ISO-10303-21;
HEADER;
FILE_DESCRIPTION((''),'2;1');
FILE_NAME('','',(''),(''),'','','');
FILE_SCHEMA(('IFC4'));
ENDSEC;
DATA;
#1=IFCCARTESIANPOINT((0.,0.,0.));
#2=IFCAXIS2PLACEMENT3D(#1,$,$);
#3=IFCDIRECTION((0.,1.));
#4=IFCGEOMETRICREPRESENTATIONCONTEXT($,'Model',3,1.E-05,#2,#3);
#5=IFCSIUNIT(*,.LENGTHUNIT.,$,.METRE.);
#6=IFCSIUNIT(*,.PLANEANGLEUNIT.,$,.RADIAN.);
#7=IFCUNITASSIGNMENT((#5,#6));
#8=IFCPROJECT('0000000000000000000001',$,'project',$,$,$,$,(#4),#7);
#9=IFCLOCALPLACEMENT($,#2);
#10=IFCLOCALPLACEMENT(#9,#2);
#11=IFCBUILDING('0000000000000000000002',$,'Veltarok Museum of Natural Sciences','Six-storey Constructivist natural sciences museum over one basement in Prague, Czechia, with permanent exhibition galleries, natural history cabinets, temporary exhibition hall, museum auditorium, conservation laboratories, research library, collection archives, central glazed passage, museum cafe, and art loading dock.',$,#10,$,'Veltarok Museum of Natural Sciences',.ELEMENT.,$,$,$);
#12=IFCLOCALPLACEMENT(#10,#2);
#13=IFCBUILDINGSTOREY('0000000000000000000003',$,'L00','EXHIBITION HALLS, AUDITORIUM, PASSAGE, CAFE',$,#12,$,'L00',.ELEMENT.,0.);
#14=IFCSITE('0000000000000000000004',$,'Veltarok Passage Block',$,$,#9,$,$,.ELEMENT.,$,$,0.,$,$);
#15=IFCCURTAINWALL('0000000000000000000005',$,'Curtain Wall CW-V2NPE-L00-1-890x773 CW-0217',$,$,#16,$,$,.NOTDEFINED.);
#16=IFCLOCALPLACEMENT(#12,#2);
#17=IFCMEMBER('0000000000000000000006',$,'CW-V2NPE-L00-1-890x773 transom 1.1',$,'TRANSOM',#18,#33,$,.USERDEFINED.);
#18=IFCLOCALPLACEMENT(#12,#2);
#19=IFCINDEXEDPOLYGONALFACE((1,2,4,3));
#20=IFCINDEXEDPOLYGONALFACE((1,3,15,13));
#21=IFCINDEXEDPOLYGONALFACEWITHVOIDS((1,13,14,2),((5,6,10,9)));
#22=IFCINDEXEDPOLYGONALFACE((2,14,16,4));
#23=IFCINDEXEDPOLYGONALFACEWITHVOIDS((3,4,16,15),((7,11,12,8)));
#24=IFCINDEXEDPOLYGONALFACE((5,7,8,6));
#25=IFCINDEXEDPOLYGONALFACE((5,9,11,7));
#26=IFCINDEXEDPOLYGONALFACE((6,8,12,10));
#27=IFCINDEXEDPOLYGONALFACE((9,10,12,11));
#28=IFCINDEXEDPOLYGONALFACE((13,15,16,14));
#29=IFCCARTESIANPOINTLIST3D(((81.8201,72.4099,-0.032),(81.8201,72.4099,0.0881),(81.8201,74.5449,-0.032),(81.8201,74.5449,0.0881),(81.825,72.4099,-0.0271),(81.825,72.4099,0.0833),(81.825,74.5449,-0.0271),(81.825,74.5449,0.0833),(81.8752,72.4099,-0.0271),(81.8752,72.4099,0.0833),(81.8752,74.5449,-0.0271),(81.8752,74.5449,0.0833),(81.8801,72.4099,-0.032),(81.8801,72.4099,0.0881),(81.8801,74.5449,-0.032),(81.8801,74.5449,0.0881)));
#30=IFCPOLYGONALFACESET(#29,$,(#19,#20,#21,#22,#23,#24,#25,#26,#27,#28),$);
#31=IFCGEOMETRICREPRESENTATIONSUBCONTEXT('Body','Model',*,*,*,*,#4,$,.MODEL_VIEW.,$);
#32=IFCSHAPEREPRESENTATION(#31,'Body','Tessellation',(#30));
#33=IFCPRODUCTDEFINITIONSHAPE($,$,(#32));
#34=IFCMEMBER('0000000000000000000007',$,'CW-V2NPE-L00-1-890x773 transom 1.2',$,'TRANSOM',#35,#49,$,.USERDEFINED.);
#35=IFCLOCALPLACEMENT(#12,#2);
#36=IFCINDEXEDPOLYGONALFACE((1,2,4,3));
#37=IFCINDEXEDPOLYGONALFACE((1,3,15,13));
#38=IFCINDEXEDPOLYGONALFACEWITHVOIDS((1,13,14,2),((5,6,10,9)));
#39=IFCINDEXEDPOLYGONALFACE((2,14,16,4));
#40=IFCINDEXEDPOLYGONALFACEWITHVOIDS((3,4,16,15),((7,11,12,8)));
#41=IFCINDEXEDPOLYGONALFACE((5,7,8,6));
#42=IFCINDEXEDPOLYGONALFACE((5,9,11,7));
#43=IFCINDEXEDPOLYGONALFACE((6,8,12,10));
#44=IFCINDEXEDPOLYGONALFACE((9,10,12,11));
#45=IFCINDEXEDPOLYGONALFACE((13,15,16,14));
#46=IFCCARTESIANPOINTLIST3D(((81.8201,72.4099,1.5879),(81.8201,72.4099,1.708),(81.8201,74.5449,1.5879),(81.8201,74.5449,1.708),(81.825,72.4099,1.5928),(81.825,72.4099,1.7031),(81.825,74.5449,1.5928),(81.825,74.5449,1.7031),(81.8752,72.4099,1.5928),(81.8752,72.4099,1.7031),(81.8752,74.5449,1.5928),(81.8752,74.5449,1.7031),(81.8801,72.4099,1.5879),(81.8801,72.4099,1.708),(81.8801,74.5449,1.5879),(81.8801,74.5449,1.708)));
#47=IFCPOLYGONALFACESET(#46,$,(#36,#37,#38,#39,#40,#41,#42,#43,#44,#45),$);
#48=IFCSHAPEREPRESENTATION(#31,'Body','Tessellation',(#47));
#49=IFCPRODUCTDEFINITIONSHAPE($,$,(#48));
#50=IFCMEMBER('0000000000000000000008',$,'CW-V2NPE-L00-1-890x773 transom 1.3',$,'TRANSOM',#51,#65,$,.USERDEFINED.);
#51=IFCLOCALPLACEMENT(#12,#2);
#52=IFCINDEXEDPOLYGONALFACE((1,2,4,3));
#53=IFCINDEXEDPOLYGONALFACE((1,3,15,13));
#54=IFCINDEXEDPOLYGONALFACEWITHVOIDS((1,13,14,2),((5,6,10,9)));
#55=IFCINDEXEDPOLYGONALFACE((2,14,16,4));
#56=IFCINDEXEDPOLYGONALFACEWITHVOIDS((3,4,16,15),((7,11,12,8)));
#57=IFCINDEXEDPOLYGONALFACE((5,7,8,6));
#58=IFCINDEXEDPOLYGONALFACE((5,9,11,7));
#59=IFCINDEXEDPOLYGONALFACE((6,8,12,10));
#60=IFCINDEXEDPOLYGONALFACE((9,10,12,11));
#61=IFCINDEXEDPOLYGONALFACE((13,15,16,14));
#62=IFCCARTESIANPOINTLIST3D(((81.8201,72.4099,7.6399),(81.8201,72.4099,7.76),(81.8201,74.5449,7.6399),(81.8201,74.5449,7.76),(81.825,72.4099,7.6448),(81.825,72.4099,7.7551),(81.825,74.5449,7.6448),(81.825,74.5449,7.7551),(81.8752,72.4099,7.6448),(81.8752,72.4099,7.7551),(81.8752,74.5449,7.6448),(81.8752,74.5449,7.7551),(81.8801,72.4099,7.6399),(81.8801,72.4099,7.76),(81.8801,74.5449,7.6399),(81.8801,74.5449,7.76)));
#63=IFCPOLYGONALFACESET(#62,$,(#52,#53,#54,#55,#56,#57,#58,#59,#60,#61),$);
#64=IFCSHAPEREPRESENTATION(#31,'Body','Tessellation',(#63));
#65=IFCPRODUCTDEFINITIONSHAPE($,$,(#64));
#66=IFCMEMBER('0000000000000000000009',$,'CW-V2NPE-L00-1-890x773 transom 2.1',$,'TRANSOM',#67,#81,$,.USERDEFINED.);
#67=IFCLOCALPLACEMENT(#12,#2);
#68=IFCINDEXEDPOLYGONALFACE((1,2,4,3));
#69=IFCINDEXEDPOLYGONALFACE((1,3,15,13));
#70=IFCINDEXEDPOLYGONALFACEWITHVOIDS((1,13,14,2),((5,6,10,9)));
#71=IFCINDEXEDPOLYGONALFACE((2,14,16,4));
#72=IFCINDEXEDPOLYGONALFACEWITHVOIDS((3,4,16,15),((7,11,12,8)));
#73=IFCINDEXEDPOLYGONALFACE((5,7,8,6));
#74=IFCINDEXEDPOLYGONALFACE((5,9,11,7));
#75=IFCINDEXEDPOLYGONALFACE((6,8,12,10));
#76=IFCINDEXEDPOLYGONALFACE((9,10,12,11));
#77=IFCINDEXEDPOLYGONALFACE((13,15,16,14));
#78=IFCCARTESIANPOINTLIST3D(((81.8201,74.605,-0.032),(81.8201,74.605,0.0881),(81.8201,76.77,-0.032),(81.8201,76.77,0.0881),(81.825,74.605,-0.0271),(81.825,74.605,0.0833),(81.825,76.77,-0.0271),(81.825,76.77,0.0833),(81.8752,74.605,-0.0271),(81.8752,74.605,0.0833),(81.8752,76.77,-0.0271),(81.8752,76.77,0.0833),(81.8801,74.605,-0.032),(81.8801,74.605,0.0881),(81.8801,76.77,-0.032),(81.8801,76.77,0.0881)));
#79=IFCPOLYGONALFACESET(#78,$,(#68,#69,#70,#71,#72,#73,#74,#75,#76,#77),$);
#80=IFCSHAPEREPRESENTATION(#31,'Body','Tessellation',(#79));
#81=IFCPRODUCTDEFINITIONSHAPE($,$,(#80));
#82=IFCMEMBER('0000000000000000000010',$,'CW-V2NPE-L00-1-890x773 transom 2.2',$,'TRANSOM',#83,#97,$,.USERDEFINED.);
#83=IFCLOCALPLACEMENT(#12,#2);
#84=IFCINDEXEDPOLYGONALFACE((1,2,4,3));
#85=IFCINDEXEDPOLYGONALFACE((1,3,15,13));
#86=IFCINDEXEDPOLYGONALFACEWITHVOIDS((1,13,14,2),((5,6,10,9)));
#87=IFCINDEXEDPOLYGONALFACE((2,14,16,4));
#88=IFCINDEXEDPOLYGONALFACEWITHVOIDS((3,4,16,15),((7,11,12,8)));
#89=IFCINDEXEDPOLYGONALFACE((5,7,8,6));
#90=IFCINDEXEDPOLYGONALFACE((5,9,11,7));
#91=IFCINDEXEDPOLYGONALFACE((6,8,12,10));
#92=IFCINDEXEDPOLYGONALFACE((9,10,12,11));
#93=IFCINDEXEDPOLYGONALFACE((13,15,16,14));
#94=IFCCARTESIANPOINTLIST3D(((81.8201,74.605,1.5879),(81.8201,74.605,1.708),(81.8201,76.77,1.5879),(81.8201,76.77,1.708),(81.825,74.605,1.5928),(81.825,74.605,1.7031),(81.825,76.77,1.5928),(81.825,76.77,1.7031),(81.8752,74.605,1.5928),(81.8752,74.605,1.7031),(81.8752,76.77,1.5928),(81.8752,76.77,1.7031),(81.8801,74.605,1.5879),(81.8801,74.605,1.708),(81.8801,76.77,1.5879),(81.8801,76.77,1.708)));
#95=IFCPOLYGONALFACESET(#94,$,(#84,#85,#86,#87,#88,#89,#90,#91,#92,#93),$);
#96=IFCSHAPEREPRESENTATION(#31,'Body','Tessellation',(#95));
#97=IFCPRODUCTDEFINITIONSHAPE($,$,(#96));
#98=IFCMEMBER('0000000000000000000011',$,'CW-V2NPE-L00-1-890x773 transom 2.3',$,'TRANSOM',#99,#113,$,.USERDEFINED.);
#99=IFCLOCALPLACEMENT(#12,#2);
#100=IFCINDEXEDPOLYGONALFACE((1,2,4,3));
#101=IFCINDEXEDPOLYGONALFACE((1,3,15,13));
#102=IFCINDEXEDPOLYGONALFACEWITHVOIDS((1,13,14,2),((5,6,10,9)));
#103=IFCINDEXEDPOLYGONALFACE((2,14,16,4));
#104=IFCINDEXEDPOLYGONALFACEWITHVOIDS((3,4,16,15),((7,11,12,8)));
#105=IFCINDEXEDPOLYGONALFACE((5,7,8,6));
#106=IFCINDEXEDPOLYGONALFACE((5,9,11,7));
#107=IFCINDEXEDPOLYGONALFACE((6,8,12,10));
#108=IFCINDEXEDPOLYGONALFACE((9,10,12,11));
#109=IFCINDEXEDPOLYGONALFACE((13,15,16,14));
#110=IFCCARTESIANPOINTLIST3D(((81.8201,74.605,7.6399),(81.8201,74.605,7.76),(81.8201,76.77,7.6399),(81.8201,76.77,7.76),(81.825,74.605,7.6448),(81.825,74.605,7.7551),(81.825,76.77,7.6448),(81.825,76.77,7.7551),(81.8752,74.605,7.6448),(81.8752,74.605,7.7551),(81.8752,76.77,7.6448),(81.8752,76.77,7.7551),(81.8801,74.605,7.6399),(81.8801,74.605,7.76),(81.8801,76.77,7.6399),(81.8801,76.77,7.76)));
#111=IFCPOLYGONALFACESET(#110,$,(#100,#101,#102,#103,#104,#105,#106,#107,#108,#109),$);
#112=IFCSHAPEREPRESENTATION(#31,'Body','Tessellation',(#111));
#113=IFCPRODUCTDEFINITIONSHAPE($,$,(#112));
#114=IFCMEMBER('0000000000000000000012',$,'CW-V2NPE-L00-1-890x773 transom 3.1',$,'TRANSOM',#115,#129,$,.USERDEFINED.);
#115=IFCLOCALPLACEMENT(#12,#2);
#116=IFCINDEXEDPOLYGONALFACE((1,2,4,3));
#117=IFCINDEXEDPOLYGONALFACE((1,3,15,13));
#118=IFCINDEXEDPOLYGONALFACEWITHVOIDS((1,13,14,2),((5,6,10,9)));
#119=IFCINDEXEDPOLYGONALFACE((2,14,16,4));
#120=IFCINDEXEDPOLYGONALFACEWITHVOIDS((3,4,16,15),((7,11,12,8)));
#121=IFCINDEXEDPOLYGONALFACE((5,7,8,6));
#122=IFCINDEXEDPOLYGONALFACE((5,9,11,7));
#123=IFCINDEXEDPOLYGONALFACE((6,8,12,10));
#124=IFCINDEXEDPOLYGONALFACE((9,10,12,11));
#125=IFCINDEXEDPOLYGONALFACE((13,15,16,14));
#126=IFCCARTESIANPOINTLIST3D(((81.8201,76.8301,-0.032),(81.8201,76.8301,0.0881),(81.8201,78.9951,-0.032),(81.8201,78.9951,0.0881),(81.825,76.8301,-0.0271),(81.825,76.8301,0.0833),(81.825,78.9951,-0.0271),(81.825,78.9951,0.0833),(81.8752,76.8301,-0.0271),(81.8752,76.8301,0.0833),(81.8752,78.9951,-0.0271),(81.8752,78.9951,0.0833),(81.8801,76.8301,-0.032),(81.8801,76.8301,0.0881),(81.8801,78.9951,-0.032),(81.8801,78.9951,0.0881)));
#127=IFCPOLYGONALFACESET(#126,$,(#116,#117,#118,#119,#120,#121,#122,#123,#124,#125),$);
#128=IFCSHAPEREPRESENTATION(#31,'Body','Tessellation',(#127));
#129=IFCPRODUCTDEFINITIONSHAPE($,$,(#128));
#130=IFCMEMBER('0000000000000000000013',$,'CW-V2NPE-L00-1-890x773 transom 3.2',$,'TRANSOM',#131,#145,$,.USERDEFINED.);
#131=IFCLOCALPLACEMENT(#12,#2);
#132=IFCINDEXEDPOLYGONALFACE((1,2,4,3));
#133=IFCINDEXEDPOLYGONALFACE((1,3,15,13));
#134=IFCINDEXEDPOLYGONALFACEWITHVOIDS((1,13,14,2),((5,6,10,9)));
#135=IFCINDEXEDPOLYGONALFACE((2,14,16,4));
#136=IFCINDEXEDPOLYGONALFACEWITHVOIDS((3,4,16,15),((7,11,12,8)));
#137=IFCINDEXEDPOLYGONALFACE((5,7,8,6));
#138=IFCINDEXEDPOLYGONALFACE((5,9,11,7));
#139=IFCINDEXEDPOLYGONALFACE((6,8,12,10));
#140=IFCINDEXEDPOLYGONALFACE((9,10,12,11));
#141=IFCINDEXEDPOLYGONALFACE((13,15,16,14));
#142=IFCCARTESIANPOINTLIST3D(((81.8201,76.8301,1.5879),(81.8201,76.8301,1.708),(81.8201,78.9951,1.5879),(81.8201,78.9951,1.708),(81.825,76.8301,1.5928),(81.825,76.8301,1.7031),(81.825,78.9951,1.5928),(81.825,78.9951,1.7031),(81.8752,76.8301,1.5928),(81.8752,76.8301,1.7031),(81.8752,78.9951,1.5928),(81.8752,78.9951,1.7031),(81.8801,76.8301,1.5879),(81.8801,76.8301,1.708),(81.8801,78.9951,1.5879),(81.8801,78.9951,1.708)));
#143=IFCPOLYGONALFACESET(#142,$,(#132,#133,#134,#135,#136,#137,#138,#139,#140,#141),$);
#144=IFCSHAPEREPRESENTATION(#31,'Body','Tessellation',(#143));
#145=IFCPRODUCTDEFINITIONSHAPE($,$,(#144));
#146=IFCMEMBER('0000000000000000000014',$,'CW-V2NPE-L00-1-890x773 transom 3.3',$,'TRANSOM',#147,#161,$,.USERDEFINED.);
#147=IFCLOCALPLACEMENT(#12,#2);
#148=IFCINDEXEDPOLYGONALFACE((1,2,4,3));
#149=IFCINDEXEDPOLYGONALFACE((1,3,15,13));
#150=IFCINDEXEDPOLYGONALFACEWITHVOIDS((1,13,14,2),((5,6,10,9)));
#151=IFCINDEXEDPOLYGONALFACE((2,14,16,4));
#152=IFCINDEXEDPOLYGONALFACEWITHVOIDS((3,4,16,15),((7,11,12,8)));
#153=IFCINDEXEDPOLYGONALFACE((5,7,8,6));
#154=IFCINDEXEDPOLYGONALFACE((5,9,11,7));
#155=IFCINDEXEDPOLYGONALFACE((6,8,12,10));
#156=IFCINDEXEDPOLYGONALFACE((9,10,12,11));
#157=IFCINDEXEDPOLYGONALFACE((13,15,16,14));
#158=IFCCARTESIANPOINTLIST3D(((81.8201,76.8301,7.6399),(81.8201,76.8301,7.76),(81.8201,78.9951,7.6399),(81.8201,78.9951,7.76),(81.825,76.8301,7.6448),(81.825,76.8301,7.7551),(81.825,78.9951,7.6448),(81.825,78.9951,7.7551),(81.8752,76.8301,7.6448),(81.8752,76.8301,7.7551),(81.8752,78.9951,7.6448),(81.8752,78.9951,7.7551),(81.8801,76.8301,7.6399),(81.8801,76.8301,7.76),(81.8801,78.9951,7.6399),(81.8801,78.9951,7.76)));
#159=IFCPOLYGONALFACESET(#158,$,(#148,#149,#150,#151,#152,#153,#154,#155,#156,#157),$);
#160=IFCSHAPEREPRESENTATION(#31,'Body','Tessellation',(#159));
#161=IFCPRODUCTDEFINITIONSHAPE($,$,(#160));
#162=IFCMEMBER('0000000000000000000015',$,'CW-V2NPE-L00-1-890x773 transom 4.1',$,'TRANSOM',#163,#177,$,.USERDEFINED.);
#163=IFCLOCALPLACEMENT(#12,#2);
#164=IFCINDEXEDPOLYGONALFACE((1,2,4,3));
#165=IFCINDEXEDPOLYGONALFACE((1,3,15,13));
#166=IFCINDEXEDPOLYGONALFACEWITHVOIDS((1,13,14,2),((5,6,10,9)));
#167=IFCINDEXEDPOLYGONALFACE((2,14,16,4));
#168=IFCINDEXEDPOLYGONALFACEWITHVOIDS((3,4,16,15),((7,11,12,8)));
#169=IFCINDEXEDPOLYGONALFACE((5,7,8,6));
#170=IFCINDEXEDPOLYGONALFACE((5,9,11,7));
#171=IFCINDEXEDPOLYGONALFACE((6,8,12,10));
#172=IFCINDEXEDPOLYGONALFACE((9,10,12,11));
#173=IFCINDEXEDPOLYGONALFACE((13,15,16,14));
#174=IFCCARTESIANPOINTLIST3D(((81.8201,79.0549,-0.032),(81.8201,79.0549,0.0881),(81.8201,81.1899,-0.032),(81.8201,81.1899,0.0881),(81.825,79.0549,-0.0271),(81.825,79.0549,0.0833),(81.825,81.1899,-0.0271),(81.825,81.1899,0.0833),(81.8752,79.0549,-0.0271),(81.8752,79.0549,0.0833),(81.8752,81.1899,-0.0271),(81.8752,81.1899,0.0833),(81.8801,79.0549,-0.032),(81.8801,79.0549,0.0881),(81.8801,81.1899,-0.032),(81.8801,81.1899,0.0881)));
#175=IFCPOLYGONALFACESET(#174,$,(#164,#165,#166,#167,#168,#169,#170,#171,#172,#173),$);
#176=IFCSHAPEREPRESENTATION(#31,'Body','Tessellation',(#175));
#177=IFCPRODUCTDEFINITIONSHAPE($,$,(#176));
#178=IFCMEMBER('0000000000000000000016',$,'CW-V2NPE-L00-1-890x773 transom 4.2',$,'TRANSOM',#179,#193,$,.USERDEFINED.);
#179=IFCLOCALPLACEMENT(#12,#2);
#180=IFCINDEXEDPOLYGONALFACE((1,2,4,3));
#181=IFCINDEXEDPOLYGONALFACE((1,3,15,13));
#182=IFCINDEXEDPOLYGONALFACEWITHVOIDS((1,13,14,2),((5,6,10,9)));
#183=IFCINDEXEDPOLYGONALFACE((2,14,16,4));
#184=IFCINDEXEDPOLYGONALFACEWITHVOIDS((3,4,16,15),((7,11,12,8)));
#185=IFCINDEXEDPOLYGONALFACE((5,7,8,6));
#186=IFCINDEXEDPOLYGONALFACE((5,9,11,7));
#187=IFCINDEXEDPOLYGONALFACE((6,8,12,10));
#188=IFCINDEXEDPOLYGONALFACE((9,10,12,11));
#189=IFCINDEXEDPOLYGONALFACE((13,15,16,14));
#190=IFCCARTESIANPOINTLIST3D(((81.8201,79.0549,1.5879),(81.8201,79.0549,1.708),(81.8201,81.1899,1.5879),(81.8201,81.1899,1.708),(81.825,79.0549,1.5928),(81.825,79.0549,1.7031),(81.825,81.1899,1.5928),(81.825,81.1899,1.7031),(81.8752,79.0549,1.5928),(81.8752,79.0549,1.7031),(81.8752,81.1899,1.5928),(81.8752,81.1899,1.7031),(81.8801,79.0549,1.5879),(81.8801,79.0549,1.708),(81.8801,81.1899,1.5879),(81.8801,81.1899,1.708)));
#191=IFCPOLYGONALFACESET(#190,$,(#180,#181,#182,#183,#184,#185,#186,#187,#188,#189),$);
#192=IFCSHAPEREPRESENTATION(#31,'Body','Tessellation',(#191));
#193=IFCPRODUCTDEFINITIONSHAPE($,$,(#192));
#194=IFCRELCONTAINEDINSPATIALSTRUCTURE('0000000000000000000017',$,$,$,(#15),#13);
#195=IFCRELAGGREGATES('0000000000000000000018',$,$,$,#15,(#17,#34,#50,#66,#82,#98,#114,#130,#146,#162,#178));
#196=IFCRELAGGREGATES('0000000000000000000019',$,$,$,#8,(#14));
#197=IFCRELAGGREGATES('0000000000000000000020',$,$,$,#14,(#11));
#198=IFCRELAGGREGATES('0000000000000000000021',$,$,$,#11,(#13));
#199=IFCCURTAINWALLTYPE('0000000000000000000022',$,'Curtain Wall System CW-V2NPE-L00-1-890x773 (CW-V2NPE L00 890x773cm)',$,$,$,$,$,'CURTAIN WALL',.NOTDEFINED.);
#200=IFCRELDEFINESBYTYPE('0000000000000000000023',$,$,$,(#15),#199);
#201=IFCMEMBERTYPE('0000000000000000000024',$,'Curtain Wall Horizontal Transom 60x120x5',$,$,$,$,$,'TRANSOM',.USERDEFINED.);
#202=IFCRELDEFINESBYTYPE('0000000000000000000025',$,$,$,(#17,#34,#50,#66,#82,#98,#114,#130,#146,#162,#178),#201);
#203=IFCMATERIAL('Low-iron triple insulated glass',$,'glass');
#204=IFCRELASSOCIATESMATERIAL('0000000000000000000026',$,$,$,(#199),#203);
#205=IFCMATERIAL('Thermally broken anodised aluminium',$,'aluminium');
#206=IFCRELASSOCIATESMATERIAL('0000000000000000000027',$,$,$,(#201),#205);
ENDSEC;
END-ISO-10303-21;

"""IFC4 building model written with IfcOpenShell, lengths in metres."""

from ifc_helpers import new_model, si_unit, direction, frame, origin, origin_2d, place, context, subcontext, project, spatial, hollow_rectangle, extrude, material, material_profile, profile_set, type_object, element, aggregate, save


model = new_model("IFC4")

# Units and contexts
model_context = context("Model", 3, precision=1e-05, world=origin(), true_north=direction((0.0, 1.0)))
body_context = subcontext(model_context, "Body", "Model", "MODEL_VIEW")
ifc_project = project(units=[si_unit("LENGTHUNIT", "METRE"), si_unit("PLANEANGLEUNIT", "RADIAN")], contexts=[model_context])

# Site, building, storey
site_placement = place(None, origin())
site = spatial("IfcSite", under=ifc_project, at=site_placement, Name="Veltarok Passage Block", CompositionType="ELEMENT", RefElevation=0.0)
building_placement = place(site_placement, origin())
building = spatial("IfcBuilding", under=site, at=building_placement, Name="Veltarok Museum of Natural Sciences", Description="Six-storey Constructivist natural sciences museum over one basement in Prague, Czechia, with permanent exhibition galleries, natural history cabinets, temporary exhibition hall, museum auditorium, conservation laboratories, research library, collection archives, central glazed passage, museum cafe, and art loading dock.", LongName="Veltarok Museum of Natural Sciences", CompositionType="ELEMENT")
storey_placement = place(building_placement, origin())
storey = spatial("IfcBuildingStorey", under=building, at=storey_placement, Name="L00", Description="EXHIBITION HALLS, AUDITORIUM, PASSAGE, CAFE", LongName="L00", CompositionType="ELEMENT", Elevation=0.0)

# Curtain wall, members
ifc_material_1 = material(Name="Low-iron triple insulated glass", Category="glass")
curtain_wall_type_1 = type_object("IfcCurtainWallType", Name="Curtain Wall System CW-V2NPE-L00-1-890x773 (CW-V2NPE L00 890x773cm)", ElementType="CURTAIN WALL", PredefinedType="NOTDEFINED", material=ifc_material_1)
curtain_wall_1_placement = place(storey_placement, origin())
curtain_wall_1 = element("IfcCurtainWall", 1, at=curtain_wall_1_placement, inside=storey, type_object=curtain_wall_type_1, Name="Curtain Wall CW-V2NPE-L00-1-890x773 CW-0217", PredefinedType="NOTDEFINED")
ifc_material_2 = material(Name="Thermally broken anodised aluminium", Category="aluminium")
ifc_material_profile_1 = material_profile(ifc_material_2, hollow_rectangle(XDim=0.0601, YDim=0.1201, WallThickness=0.0049, at=origin_2d()), Name="CW TRANSOM 60x120x5")
ifc_profile_set_1 = profile_set([ifc_material_profile_1], Name="Thermally broken anodised aluminium")
member_type_1 = type_object("IfcMemberType", Name="Curtain Wall Horizontal Transom 60x120x5", ElementType="TRANSOM", PredefinedType="USERDEFINED", material=ifc_profile_set_1)
member_1_placement = place(storey_placement, frame((81.8501, 72.4099, 0.0281), z_axis=(0.0, 1.0, 0.0), x_axis=(-1.0, 0.0, 0.0)))
member_1 = element("IfcMember", 2, at=member_1_placement, type_object=member_type_1, Name="CW-V2NPE-L00-1-890x773 transom 1.1", ObjectType="TRANSOM", PredefinedType="USERDEFINED", context=body_context, shape_type="SweptSolid", body=[
    extrude(hollow_rectangle(XDim=0.0601, YDim=0.1201, WallThickness=0.0049, at=origin_2d()), origin(), (0.0, 0.0, 1.0), 2.135),
])
member_2_placement = place(storey_placement, frame((81.8501, 72.4099, 1.6479), z_axis=(0.0, 1.0, 0.0), x_axis=(-1.0, 0.0, 0.0)))
member_2 = element("IfcMember", 3, at=member_2_placement, type_object=member_type_1, Name="CW-V2NPE-L00-1-890x773 transom 1.2", ObjectType="TRANSOM", PredefinedType="USERDEFINED", context=body_context, shape_type="SweptSolid", body=[
    extrude(hollow_rectangle(XDim=0.0601, YDim=0.1201, WallThickness=0.0049, at=origin_2d()), origin(), (0.0, 0.0, 1.0), 2.135),
])
member_3_placement = place(storey_placement, frame((81.8501, 72.4099, 7.7), z_axis=(0.0, 1.0, 0.0), x_axis=(-1.0, 0.0, 0.0)))
member_3 = element("IfcMember", 4, at=member_3_placement, type_object=member_type_1, Name="CW-V2NPE-L00-1-890x773 transom 1.3", ObjectType="TRANSOM", PredefinedType="USERDEFINED", context=body_context, shape_type="SweptSolid", body=[
    extrude(hollow_rectangle(XDim=0.0601, YDim=0.1201, WallThickness=0.0049, at=origin_2d()), origin(), (0.0, 0.0, 1.0), 2.135),
])
member_4_placement = place(storey_placement, frame((81.8501, 74.605, 0.0281), z_axis=(0.0, 1.0, 0.0), x_axis=(-1.0, 0.0, 0.0)))
member_4 = element("IfcMember", 5, at=member_4_placement, type_object=member_type_1, Name="CW-V2NPE-L00-1-890x773 transom 2.1", ObjectType="TRANSOM", PredefinedType="USERDEFINED", context=body_context, shape_type="SweptSolid", body=[
    extrude(hollow_rectangle(XDim=0.0601, YDim=0.1201, WallThickness=0.0049, at=origin_2d()), origin(), (0.0, 0.0, 1.0), 2.165),
])
member_5_placement = place(storey_placement, frame((81.8501, 74.605, 1.6479), z_axis=(0.0, 1.0, 0.0), x_axis=(-1.0, 0.0, 0.0)))
member_5 = element("IfcMember", 6, at=member_5_placement, type_object=member_type_1, Name="CW-V2NPE-L00-1-890x773 transom 2.2", ObjectType="TRANSOM", PredefinedType="USERDEFINED", context=body_context, shape_type="SweptSolid", body=[
    extrude(hollow_rectangle(XDim=0.0601, YDim=0.1201, WallThickness=0.0049, at=origin_2d()), origin(), (0.0, 0.0, 1.0), 2.165),
])
member_6_placement = place(storey_placement, frame((81.8501, 74.605, 7.7), z_axis=(0.0, 1.0, 0.0), x_axis=(-1.0, 0.0, 0.0)))
member_6 = element("IfcMember", 7, at=member_6_placement, type_object=member_type_1, Name="CW-V2NPE-L00-1-890x773 transom 2.3", ObjectType="TRANSOM", PredefinedType="USERDEFINED", context=body_context, shape_type="SweptSolid", body=[
    extrude(hollow_rectangle(XDim=0.0601, YDim=0.1201, WallThickness=0.0049, at=origin_2d()), origin(), (0.0, 0.0, 1.0), 2.165),
])
member_7_placement = place(storey_placement, frame((81.8501, 76.8301, 0.0281), z_axis=(0.0, 1.0, 0.0), x_axis=(-1.0, 0.0, 0.0)))
member_7 = element("IfcMember", 8, at=member_7_placement, type_object=member_type_1, Name="CW-V2NPE-L00-1-890x773 transom 3.1", ObjectType="TRANSOM", PredefinedType="USERDEFINED", context=body_context, shape_type="SweptSolid", body=[
    extrude(hollow_rectangle(XDim=0.0601, YDim=0.1201, WallThickness=0.0049, at=origin_2d()), origin(), (0.0, 0.0, 1.0), 2.165),
])
member_8_placement = place(storey_placement, frame((81.8501, 76.8301, 1.6479), z_axis=(0.0, 1.0, 0.0), x_axis=(-1.0, 0.0, 0.0)))
member_8 = element("IfcMember", 9, at=member_8_placement, type_object=member_type_1, Name="CW-V2NPE-L00-1-890x773 transom 3.2", ObjectType="TRANSOM", PredefinedType="USERDEFINED", context=body_context, shape_type="SweptSolid", body=[
    extrude(hollow_rectangle(XDim=0.0601, YDim=0.1201, WallThickness=0.0049, at=origin_2d()), origin(), (0.0, 0.0, 1.0), 2.165),
])
member_9_placement = place(storey_placement, frame((81.8501, 76.8301, 7.7), z_axis=(0.0, 1.0, 0.0), x_axis=(-1.0, 0.0, 0.0)))
member_9 = element("IfcMember", 10, at=member_9_placement, type_object=member_type_1, Name="CW-V2NPE-L00-1-890x773 transom 3.3", ObjectType="TRANSOM", PredefinedType="USERDEFINED", context=body_context, shape_type="SweptSolid", body=[
    extrude(hollow_rectangle(XDim=0.0601, YDim=0.1201, WallThickness=0.0049, at=origin_2d()), origin(), (0.0, 0.0, 1.0), 2.165),
])
member_10_placement = place(storey_placement, frame((81.8501, 79.0549, 0.0281), z_axis=(0.0, 1.0, 0.0), x_axis=(-1.0, 0.0, 0.0)))
member_10 = element("IfcMember", 11, at=member_10_placement, type_object=member_type_1, Name="CW-V2NPE-L00-1-890x773 transom 4.1", ObjectType="TRANSOM", PredefinedType="USERDEFINED", context=body_context, shape_type="SweptSolid", body=[
    extrude(hollow_rectangle(XDim=0.0601, YDim=0.1201, WallThickness=0.0049, at=origin_2d()), origin(), (0.0, 0.0, 1.0), 2.135),
])
member_11_placement = place(storey_placement, frame((81.8501, 79.0549, 1.6479), z_axis=(0.0, 1.0, 0.0), x_axis=(-1.0, 0.0, 0.0)))
member_11 = element("IfcMember", 12, at=member_11_placement, type_object=member_type_1, Name="CW-V2NPE-L00-1-890x773 transom 4.2", ObjectType="TRANSOM", PredefinedType="USERDEFINED", context=body_context, shape_type="SweptSolid", body=[
    extrude(hollow_rectangle(XDim=0.0601, YDim=0.1201, WallThickness=0.0049, at=origin_2d()), origin(), (0.0, 0.0, 1.0), 2.135),
])

aggregate(curtain_wall_1, [member_1, member_2, member_3, member_4, member_5, member_6, member_7, member_8, member_9, member_10, member_11])

save(model, "model.ifc")
